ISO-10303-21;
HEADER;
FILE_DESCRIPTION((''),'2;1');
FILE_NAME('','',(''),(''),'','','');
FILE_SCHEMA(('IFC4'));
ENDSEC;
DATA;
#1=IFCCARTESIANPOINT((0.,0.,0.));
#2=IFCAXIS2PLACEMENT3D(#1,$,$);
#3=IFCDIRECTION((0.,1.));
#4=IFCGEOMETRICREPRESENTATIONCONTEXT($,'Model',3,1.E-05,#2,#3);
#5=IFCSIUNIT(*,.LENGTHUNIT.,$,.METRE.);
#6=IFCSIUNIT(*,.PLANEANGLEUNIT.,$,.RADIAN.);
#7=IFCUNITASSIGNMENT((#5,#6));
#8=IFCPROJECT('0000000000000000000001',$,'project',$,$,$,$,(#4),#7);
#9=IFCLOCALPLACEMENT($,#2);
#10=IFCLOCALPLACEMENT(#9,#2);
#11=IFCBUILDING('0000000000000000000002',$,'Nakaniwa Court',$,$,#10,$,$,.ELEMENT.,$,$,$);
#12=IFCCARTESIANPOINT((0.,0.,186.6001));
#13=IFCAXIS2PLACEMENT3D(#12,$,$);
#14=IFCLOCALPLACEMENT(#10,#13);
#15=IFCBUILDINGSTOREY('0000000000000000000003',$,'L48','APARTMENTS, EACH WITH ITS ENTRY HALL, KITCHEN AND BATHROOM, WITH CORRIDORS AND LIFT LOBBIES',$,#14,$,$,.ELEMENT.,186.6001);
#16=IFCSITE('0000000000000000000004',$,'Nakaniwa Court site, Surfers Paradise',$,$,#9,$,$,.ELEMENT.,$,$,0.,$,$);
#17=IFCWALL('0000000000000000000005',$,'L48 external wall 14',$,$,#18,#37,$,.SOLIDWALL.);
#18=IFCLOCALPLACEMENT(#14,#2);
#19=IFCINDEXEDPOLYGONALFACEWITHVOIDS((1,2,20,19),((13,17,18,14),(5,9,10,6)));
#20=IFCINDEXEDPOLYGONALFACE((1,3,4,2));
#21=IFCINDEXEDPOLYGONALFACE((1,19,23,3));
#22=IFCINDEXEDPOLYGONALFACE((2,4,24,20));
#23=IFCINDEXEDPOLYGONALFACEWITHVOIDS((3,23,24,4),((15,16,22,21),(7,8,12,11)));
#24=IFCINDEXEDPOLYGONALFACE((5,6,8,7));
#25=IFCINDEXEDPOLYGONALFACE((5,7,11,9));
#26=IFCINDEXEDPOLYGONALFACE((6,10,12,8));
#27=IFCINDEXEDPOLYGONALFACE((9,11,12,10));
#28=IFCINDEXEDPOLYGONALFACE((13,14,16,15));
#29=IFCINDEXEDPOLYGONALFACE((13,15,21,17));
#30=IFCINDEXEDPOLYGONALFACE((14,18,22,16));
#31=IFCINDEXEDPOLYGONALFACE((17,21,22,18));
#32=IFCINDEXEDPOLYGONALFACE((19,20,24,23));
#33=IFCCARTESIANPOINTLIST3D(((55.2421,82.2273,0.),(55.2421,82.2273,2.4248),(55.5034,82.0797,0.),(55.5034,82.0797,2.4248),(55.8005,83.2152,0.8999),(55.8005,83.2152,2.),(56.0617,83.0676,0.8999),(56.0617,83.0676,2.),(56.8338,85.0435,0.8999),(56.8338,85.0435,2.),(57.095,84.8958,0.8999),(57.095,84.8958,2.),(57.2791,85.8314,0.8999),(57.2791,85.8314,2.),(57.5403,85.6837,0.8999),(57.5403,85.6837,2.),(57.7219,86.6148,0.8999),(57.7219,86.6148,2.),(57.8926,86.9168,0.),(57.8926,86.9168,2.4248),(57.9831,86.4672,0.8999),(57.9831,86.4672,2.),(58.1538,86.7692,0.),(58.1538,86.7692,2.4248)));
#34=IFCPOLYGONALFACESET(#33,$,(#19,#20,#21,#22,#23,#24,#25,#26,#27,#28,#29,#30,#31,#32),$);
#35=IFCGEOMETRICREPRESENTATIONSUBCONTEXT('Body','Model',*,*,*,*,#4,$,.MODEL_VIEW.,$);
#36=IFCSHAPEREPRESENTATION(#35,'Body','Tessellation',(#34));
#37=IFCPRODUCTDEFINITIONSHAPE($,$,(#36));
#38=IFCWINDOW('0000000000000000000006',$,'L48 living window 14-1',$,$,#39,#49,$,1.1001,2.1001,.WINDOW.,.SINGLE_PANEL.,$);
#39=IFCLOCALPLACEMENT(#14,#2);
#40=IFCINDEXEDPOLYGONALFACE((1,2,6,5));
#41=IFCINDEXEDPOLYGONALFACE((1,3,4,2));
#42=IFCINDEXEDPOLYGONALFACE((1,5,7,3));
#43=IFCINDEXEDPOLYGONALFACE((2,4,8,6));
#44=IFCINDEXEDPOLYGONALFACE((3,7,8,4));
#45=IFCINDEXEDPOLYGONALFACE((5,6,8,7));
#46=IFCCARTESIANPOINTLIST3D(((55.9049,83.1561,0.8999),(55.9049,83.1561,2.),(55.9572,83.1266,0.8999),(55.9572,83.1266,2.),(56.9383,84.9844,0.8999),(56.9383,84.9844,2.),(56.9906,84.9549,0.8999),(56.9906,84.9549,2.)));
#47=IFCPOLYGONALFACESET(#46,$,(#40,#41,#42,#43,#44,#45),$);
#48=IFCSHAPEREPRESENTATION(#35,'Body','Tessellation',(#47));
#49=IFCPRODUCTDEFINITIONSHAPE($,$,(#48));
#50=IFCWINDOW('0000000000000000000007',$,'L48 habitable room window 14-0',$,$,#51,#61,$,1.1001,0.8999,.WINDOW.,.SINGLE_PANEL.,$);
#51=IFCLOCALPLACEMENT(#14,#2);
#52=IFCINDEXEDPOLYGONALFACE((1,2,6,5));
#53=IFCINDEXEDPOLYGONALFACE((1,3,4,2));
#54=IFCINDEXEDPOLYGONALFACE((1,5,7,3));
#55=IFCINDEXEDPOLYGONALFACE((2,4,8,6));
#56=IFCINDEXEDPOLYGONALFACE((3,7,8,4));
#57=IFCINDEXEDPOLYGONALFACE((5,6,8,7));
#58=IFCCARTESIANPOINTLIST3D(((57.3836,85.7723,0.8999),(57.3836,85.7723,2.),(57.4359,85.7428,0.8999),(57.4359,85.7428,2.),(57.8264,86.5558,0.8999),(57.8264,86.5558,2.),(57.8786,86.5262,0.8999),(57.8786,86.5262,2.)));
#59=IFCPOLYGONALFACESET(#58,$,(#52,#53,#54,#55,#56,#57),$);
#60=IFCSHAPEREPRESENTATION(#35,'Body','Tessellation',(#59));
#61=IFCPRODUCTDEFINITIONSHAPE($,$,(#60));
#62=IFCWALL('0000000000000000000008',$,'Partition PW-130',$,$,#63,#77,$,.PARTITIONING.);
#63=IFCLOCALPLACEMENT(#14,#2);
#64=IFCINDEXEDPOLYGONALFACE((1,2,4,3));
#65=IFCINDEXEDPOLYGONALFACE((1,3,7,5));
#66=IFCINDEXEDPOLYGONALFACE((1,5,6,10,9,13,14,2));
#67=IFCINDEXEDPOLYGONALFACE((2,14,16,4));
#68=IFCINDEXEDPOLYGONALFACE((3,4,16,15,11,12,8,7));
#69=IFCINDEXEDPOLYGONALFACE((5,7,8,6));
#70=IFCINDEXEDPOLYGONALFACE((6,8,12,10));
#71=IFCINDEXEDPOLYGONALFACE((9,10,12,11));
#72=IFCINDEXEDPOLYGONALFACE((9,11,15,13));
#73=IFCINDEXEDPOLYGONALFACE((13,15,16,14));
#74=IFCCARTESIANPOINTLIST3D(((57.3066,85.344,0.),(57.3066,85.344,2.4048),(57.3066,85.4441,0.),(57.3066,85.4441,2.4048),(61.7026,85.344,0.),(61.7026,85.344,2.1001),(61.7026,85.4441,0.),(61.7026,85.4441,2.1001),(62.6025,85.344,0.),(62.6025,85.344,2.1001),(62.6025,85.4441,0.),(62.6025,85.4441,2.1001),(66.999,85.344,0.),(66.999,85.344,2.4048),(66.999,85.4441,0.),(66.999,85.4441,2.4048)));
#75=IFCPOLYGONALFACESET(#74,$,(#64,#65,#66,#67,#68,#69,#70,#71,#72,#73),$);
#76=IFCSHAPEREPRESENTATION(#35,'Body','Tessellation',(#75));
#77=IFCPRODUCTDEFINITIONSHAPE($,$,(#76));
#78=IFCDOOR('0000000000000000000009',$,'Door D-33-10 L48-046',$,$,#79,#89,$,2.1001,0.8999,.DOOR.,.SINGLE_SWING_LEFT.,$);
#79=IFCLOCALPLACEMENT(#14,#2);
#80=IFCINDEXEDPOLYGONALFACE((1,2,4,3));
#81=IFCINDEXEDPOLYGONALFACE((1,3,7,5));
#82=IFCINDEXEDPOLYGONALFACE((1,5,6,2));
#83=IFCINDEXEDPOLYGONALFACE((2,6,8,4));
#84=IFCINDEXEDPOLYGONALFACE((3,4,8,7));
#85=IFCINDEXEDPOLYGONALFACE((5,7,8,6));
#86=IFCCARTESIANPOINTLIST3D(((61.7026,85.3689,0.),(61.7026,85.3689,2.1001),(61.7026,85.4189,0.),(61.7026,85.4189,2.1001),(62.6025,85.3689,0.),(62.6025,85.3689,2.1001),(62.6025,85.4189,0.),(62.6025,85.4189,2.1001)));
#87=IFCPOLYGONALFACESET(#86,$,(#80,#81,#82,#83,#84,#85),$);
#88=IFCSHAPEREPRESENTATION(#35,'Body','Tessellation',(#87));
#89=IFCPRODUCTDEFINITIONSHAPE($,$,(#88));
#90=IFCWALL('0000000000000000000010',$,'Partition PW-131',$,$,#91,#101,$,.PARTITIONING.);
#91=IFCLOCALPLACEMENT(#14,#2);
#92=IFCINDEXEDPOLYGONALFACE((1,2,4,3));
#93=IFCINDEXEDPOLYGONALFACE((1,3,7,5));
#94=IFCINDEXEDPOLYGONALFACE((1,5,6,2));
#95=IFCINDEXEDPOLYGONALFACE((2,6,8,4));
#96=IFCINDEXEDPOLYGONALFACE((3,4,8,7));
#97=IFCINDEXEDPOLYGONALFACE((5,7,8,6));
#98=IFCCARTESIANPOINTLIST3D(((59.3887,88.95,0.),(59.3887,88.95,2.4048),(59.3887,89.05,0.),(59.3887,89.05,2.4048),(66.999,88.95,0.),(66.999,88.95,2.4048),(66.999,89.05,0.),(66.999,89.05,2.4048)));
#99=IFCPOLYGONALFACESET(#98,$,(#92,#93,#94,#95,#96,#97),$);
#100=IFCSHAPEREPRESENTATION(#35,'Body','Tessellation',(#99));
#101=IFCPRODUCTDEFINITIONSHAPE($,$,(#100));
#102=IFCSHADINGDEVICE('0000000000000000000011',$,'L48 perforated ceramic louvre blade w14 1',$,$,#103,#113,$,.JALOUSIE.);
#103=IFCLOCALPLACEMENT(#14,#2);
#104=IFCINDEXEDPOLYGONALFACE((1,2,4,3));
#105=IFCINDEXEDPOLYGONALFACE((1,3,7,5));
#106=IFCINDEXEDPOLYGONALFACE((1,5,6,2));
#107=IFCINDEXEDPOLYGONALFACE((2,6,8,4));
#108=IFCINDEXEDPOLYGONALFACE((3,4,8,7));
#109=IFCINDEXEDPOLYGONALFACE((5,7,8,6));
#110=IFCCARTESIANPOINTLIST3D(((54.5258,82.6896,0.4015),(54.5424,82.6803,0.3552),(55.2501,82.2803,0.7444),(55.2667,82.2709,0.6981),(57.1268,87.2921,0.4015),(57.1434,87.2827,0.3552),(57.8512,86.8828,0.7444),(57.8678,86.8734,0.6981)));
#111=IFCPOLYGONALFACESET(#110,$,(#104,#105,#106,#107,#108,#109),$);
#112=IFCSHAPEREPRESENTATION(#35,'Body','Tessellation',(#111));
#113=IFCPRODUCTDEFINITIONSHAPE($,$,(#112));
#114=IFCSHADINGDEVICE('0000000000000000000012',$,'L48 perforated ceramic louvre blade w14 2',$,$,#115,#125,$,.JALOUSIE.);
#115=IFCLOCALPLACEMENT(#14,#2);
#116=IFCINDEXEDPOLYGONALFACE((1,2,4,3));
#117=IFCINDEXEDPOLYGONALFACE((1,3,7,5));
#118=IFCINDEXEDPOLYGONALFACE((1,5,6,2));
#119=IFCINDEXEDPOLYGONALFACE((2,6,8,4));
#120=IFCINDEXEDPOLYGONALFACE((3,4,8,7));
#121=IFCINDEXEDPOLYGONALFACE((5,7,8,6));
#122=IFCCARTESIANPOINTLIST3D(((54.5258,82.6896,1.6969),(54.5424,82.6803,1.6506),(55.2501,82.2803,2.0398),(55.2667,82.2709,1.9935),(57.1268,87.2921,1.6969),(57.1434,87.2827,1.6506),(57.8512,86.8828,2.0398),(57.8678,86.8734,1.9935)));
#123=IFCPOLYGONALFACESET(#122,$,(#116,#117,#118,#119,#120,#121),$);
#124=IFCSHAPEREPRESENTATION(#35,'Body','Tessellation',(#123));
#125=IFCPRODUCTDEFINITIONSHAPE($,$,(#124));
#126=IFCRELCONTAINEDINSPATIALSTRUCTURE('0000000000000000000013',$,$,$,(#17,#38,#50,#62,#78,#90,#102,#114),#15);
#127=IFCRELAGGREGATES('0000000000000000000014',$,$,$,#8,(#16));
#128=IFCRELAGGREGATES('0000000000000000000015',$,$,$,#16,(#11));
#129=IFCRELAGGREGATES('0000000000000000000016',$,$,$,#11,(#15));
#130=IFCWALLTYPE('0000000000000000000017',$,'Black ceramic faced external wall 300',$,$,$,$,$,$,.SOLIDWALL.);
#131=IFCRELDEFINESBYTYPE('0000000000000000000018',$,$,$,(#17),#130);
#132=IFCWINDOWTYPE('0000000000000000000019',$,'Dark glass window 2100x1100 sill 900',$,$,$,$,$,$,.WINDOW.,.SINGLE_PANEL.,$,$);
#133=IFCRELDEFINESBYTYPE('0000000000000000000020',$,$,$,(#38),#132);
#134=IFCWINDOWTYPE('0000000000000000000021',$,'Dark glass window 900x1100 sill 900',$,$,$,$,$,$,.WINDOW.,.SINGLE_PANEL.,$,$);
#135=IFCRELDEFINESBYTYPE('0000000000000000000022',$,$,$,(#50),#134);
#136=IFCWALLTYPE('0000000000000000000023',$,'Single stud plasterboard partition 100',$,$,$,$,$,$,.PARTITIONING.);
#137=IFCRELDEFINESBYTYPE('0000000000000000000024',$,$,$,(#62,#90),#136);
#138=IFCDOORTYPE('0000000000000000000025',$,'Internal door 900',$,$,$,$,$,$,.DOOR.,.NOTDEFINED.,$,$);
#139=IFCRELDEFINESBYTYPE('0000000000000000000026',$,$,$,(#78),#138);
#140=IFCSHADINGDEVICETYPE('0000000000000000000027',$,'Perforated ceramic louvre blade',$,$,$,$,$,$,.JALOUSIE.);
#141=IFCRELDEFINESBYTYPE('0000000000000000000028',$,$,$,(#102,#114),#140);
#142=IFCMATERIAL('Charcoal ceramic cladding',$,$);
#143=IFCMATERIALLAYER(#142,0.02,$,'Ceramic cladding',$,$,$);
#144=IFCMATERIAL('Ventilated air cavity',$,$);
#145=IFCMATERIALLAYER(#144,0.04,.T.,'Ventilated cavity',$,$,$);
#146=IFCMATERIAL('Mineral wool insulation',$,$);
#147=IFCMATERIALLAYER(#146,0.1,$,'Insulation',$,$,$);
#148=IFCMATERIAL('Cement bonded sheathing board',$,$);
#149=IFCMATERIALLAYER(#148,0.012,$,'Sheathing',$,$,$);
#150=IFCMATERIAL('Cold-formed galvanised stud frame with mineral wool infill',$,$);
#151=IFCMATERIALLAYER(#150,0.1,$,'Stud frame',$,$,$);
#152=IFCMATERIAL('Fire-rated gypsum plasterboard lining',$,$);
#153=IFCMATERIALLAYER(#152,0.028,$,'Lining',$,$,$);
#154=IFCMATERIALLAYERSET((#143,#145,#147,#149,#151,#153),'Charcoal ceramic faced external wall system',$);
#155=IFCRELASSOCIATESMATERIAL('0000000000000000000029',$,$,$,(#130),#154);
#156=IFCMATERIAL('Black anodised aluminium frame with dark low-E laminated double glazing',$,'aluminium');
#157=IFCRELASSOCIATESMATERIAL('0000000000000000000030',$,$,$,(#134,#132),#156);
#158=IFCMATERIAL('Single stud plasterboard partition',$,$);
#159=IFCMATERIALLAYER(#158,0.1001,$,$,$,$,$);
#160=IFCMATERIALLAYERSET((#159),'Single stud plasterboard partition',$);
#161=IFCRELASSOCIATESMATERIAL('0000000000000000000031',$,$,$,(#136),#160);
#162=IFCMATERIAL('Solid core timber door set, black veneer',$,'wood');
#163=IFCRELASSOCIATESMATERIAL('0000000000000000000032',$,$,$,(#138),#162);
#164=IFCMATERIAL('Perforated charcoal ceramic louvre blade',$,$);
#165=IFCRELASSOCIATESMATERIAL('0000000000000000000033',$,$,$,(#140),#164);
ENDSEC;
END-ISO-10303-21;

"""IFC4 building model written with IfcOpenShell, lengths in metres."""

from ifc_helpers import new_model, si_unit, direction, frame, frame_2d, origin, origin_2d, place, context, subcontext, project, spatial, rectangle, extrude, material, layer, layer_set, material_profile, profile_set, type_object, element, fill, save


model = new_model("IFC4")

# Units and contexts
model_context = context("Model", 3, precision=1e-05, world=origin(), true_north=direction((0.0, 1.0)))
body_context = subcontext(model_context, "Body", "Model", "MODEL_VIEW")
ifc_project = project(units=[si_unit("LENGTHUNIT", "METRE"), si_unit("PLANEANGLEUNIT", "RADIAN")], contexts=[model_context])

# Site, building, storey
site_placement = place(None, origin())
site = spatial("IfcSite", under=ifc_project, at=site_placement, Name="Nakaniwa Court site, Surfers Paradise", CompositionType="ELEMENT", RefElevation=0.0)
building_placement = place(site_placement, origin())
building = spatial("IfcBuilding", under=site, at=building_placement, Name="Nakaniwa Court", CompositionType="ELEMENT")
storey_placement = place(building_placement, frame((0.0, 0.0, 186.6001)))
storey = spatial("IfcBuildingStorey", under=building, at=storey_placement, Name="L48", Description="APARTMENTS, EACH WITH ITS ENTRY HALL, KITCHEN AND BATHROOM, WITH CORRIDORS AND LIFT LOBBIES", CompositionType="ELEMENT", Elevation=186.6001)

# Wall, openings, windows
ifc_material_1 = material(Name="Charcoal ceramic cladding")
ifc_layer_1 = layer(ifc_material_1, 0.02, Name="Ceramic cladding")
ifc_material_2 = material(Name="Ventilated air cavity")
ifc_layer_2 = layer(ifc_material_2, 0.04, ventilated=True, Name="Ventilated cavity")
ifc_material_3 = material(Name="Mineral wool insulation")
ifc_layer_3 = layer(ifc_material_3, 0.1, Name="Insulation")
ifc_material_4 = material(Name="Cement bonded sheathing board")
ifc_layer_4 = layer(ifc_material_4, 0.012, Name="Sheathing")
ifc_material_5 = material(Name="Cold-formed galvanised stud frame with mineral wool infill")
ifc_layer_5 = layer(ifc_material_5, 0.1, Name="Stud frame")
ifc_material_6 = material(Name="Fire-rated gypsum plasterboard lining")
ifc_layer_6 = layer(ifc_material_6, 0.028, Name="Lining")
ifc_layer_set_1 = layer_set([ifc_layer_1, ifc_layer_2, ifc_layer_3, ifc_layer_4, ifc_layer_5, ifc_layer_6], Name="Charcoal ceramic faced external wall system")
wall_type_1 = type_object("IfcWallType", Name="Black ceramic faced external wall 300", PredefinedType="SOLIDWALL", material=ifc_layer_set_1)
ifc_material_7 = material(Name="Black anodised aluminium frame with dark low-E laminated double glazing", Category="aluminium")
window_type_1 = type_object("IfcWindowType", Name="Dark glass window 900x1100 sill 900", PartitioningType="SINGLE_PANEL", PredefinedType="WINDOW", material=ifc_material_7)
wall_1_placement = place(storey_placement, frame((58.0232, 86.843, 0.0), z_axis=(0.0, 0.0, 1.0), x_axis=(-0.492033, -0.870576, 0.0)))
wall_1 = element("IfcWall", 1, at=wall_1_placement, inside=storey, type_object=wall_type_1, Name="L48 external wall 14", PredefinedType="SOLIDWALL", context=body_context, shape_type="SweptSolid", body=[
    extrude(rectangle(XDim=5.3867, YDim=0.3, at=frame_2d((2.6934, 0.0))), origin(), (0.0, 0.0, 1.0), 2.4248),
])
opening_1_placement = place(wall_1_placement, frame((0.3469, 0.0, 0.8999)))
opening_1 = element("IfcOpeningElement", 2, at=opening_1_placement, cuts=wall_1, PredefinedType="OPENING", context=body_context, shape_type="SweptSolid", body=[
    extrude(rectangle(XDim=0.8999, YDim=1.1001, at=frame_2d((0.45, 0.55))), frame((0.0, 0.1599, 0.0), z_axis=(0.0, -1.0, 0.0), x_axis=(1.0, 0.0, 0.0)), (0.0, 0.0, 1.0), 0.3201),
])
opening_2_placement = place(wall_1_placement, frame((2.1519, 0.0, 0.8999)))
opening_2 = element("IfcOpeningElement", 3, at=opening_2_placement, cuts=wall_1, PredefinedType="OPENING", context=body_context, shape_type="SweptSolid", body=[
    extrude(rectangle(XDim=2.1001, YDim=1.1001, at=frame_2d((1.05, 0.55))), frame((0.0, 0.1599, 0.0), z_axis=(0.0, -1.0, 0.0), x_axis=(1.0, 0.0, 0.0)), (0.0, 0.0, 1.0), 0.3201),
])
window_type_2 = type_object("IfcWindowType", Name="Dark glass window 2100x1100 sill 900", PartitioningType="SINGLE_PANEL", PredefinedType="WINDOW", material=ifc_material_7)
window_1_placement = place(opening_2_placement, origin())
window_1 = element("IfcWindow", 4, at=window_1_placement, inside=storey, type_object=window_type_2, Name="L48 living window 14-1", OverallHeight=1.1001, OverallWidth=2.1001, PartitioningType="SINGLE_PANEL", PredefinedType="WINDOW", context=body_context, shape_type="SweptSolid", body=[
    extrude(rectangle(XDim=2.1001, YDim=1.1001, at=frame_2d((1.05, 0.55))), frame((0.0, 0.03, 0.0), z_axis=(0.0, -1.0, 0.0), x_axis=(1.0, 0.0, 0.0)), (0.0, 0.0, 1.0), 0.0601),
])
fill(opening_2, window_1)
window_2_placement = place(opening_1_placement, origin())
window_2 = element("IfcWindow", 5, at=window_2_placement, inside=storey, type_object=window_type_1, Name="L48 habitable room window 14-0", OverallHeight=1.1001, OverallWidth=0.8999, PartitioningType="SINGLE_PANEL", PredefinedType="WINDOW", context=body_context, shape_type="SweptSolid", body=[
    extrude(rectangle(XDim=0.8999, YDim=1.1001, at=frame_2d((0.45, 0.55))), frame((0.0, 0.03, 0.0), z_axis=(0.0, -1.0, 0.0), x_axis=(1.0, 0.0, 0.0)), (0.0, 0.0, 1.0), 0.0601),
])
fill(opening_1, window_2)

# Wall, opening, door
ifc_material_8 = material(Name="Single stud plasterboard partition")
ifc_layer_7 = layer(ifc_material_8, 0.1001)
ifc_layer_set_2 = layer_set([ifc_layer_7], Name="Single stud plasterboard partition")
wall_type_2 = type_object("IfcWallType", Name="Single stud plasterboard partition 100", PredefinedType="PARTITIONING", material=ifc_layer_set_2)
wall_2_placement = place(storey_placement, frame((57.3066, 85.394, 0.0), z_axis=(0.0, 0.0, 1.0), x_axis=(1.0, 0.0, 0.0)))
wall_2 = element("IfcWall", 6, at=wall_2_placement, inside=storey, type_object=wall_type_2, Name="Partition PW-130", PredefinedType="PARTITIONING", context=body_context, shape_type="SweptSolid", body=[
    extrude(rectangle(XDim=9.6924, YDim=0.1001, at=frame_2d((4.8462, 0.0))), origin(), (0.0, 0.0, 1.0), 2.4048),
])
opening_3_placement = place(wall_2_placement, frame((4.396, 0.0, 0.0)))
opening_3 = element("IfcOpeningElement", 7, at=opening_3_placement, cuts=wall_2, PredefinedType="OPENING", context=body_context, shape_type="SweptSolid", body=[
    extrude(rectangle(XDim=0.8999, YDim=2.1001, at=frame_2d((0.45, 1.05))), frame((0.0, 0.0601, 0.0), z_axis=(0.0, -1.0, 0.0), x_axis=(1.0, 0.0, 0.0)), (0.0, 0.0, 1.0), 0.1201),
])
ifc_material_9 = material(Name="Solid core timber door set, black veneer", Category="wood")
door_type = type_object("IfcDoorType", Name="Internal door 900", OperationType="NOTDEFINED", PredefinedType="DOOR", material=ifc_material_9)
door_placement = place(opening_3_placement, origin())
door = element("IfcDoor", 8, at=door_placement, inside=storey, type_object=door_type, Name="Door D-33-10 L48-046", OperationType="SINGLE_SWING_LEFT", OverallHeight=2.1001, OverallWidth=0.8999, PredefinedType="DOOR", context=body_context, shape_type="SweptSolid", body=[
    extrude(rectangle(XDim=0.8999, YDim=2.1001, at=frame_2d((0.45, 1.05))), frame((0.0, 0.0249, 0.0), z_axis=(0.0, -1.0, 0.0), x_axis=(1.0, 0.0, 0.0)), (0.0, 0.0, 1.0), 0.05),
])
fill(opening_3, door)

# Wall
wall_3_placement = place(storey_placement, frame((59.3887, 89.0, 0.0), z_axis=(0.0, 0.0, 1.0), x_axis=(1.0, 0.0, 0.0)))
element("IfcWall", 9, at=wall_3_placement, inside=storey, type_object=wall_type_2, Name="Partition PW-131", PredefinedType="PARTITIONING", context=body_context, shape_type="SweptSolid", body=[
    extrude(rectangle(XDim=7.6104, YDim=0.1001, at=frame_2d((3.8052, 0.0))), origin(), (0.0, 0.0, 1.0), 2.4048),
])

# Shading devices
ifc_material_10 = material(Name="Perforated charcoal ceramic louvre blade")
ifc_material_profile_1 = material_profile(ifc_material_10, rectangle(XDim=0.8999, YDim=0.05, at=origin_2d()), Name="Perforated ceramic louvre blade")
ifc_profile_set_1 = profile_set([ifc_material_profile_1], Name="Perforated charcoal ceramic louvre blade")
shading_device_type = type_object("IfcShadingDeviceType", Name="Perforated ceramic louvre blade", PredefinedType="JALOUSIE", material=ifc_profile_set_1)
for number, where, z_axis, x_axis, name in (
    (10, (57.4973, 87.0828, 0.5498), (-0.492006, -0.870592, 0.0), (0.804902, -0.454882, 0.38107), "L48 perforated ceramic louvre blade w14 1"),
    (11, (57.4973, 87.0828, 1.8452), (-0.492006, -0.870592, 0.0), (0.804902, -0.454882, 0.38107), "L48 perforated ceramic louvre blade w14 2"),
):
    element("IfcShadingDevice", number, at=place(storey_placement, frame(where, z_axis=z_axis, x_axis=x_axis)), inside=storey, type_object=shading_device_type, Name=name, PredefinedType="JALOUSIE", context=body_context, shape_type="SweptSolid", body=[
        extrude(rectangle(XDim=0.8999, YDim=0.05, at=origin_2d()), origin(), (0.0, 0.0, 1.0), 5.2866),
    ])

save(model, "model.ifc")
